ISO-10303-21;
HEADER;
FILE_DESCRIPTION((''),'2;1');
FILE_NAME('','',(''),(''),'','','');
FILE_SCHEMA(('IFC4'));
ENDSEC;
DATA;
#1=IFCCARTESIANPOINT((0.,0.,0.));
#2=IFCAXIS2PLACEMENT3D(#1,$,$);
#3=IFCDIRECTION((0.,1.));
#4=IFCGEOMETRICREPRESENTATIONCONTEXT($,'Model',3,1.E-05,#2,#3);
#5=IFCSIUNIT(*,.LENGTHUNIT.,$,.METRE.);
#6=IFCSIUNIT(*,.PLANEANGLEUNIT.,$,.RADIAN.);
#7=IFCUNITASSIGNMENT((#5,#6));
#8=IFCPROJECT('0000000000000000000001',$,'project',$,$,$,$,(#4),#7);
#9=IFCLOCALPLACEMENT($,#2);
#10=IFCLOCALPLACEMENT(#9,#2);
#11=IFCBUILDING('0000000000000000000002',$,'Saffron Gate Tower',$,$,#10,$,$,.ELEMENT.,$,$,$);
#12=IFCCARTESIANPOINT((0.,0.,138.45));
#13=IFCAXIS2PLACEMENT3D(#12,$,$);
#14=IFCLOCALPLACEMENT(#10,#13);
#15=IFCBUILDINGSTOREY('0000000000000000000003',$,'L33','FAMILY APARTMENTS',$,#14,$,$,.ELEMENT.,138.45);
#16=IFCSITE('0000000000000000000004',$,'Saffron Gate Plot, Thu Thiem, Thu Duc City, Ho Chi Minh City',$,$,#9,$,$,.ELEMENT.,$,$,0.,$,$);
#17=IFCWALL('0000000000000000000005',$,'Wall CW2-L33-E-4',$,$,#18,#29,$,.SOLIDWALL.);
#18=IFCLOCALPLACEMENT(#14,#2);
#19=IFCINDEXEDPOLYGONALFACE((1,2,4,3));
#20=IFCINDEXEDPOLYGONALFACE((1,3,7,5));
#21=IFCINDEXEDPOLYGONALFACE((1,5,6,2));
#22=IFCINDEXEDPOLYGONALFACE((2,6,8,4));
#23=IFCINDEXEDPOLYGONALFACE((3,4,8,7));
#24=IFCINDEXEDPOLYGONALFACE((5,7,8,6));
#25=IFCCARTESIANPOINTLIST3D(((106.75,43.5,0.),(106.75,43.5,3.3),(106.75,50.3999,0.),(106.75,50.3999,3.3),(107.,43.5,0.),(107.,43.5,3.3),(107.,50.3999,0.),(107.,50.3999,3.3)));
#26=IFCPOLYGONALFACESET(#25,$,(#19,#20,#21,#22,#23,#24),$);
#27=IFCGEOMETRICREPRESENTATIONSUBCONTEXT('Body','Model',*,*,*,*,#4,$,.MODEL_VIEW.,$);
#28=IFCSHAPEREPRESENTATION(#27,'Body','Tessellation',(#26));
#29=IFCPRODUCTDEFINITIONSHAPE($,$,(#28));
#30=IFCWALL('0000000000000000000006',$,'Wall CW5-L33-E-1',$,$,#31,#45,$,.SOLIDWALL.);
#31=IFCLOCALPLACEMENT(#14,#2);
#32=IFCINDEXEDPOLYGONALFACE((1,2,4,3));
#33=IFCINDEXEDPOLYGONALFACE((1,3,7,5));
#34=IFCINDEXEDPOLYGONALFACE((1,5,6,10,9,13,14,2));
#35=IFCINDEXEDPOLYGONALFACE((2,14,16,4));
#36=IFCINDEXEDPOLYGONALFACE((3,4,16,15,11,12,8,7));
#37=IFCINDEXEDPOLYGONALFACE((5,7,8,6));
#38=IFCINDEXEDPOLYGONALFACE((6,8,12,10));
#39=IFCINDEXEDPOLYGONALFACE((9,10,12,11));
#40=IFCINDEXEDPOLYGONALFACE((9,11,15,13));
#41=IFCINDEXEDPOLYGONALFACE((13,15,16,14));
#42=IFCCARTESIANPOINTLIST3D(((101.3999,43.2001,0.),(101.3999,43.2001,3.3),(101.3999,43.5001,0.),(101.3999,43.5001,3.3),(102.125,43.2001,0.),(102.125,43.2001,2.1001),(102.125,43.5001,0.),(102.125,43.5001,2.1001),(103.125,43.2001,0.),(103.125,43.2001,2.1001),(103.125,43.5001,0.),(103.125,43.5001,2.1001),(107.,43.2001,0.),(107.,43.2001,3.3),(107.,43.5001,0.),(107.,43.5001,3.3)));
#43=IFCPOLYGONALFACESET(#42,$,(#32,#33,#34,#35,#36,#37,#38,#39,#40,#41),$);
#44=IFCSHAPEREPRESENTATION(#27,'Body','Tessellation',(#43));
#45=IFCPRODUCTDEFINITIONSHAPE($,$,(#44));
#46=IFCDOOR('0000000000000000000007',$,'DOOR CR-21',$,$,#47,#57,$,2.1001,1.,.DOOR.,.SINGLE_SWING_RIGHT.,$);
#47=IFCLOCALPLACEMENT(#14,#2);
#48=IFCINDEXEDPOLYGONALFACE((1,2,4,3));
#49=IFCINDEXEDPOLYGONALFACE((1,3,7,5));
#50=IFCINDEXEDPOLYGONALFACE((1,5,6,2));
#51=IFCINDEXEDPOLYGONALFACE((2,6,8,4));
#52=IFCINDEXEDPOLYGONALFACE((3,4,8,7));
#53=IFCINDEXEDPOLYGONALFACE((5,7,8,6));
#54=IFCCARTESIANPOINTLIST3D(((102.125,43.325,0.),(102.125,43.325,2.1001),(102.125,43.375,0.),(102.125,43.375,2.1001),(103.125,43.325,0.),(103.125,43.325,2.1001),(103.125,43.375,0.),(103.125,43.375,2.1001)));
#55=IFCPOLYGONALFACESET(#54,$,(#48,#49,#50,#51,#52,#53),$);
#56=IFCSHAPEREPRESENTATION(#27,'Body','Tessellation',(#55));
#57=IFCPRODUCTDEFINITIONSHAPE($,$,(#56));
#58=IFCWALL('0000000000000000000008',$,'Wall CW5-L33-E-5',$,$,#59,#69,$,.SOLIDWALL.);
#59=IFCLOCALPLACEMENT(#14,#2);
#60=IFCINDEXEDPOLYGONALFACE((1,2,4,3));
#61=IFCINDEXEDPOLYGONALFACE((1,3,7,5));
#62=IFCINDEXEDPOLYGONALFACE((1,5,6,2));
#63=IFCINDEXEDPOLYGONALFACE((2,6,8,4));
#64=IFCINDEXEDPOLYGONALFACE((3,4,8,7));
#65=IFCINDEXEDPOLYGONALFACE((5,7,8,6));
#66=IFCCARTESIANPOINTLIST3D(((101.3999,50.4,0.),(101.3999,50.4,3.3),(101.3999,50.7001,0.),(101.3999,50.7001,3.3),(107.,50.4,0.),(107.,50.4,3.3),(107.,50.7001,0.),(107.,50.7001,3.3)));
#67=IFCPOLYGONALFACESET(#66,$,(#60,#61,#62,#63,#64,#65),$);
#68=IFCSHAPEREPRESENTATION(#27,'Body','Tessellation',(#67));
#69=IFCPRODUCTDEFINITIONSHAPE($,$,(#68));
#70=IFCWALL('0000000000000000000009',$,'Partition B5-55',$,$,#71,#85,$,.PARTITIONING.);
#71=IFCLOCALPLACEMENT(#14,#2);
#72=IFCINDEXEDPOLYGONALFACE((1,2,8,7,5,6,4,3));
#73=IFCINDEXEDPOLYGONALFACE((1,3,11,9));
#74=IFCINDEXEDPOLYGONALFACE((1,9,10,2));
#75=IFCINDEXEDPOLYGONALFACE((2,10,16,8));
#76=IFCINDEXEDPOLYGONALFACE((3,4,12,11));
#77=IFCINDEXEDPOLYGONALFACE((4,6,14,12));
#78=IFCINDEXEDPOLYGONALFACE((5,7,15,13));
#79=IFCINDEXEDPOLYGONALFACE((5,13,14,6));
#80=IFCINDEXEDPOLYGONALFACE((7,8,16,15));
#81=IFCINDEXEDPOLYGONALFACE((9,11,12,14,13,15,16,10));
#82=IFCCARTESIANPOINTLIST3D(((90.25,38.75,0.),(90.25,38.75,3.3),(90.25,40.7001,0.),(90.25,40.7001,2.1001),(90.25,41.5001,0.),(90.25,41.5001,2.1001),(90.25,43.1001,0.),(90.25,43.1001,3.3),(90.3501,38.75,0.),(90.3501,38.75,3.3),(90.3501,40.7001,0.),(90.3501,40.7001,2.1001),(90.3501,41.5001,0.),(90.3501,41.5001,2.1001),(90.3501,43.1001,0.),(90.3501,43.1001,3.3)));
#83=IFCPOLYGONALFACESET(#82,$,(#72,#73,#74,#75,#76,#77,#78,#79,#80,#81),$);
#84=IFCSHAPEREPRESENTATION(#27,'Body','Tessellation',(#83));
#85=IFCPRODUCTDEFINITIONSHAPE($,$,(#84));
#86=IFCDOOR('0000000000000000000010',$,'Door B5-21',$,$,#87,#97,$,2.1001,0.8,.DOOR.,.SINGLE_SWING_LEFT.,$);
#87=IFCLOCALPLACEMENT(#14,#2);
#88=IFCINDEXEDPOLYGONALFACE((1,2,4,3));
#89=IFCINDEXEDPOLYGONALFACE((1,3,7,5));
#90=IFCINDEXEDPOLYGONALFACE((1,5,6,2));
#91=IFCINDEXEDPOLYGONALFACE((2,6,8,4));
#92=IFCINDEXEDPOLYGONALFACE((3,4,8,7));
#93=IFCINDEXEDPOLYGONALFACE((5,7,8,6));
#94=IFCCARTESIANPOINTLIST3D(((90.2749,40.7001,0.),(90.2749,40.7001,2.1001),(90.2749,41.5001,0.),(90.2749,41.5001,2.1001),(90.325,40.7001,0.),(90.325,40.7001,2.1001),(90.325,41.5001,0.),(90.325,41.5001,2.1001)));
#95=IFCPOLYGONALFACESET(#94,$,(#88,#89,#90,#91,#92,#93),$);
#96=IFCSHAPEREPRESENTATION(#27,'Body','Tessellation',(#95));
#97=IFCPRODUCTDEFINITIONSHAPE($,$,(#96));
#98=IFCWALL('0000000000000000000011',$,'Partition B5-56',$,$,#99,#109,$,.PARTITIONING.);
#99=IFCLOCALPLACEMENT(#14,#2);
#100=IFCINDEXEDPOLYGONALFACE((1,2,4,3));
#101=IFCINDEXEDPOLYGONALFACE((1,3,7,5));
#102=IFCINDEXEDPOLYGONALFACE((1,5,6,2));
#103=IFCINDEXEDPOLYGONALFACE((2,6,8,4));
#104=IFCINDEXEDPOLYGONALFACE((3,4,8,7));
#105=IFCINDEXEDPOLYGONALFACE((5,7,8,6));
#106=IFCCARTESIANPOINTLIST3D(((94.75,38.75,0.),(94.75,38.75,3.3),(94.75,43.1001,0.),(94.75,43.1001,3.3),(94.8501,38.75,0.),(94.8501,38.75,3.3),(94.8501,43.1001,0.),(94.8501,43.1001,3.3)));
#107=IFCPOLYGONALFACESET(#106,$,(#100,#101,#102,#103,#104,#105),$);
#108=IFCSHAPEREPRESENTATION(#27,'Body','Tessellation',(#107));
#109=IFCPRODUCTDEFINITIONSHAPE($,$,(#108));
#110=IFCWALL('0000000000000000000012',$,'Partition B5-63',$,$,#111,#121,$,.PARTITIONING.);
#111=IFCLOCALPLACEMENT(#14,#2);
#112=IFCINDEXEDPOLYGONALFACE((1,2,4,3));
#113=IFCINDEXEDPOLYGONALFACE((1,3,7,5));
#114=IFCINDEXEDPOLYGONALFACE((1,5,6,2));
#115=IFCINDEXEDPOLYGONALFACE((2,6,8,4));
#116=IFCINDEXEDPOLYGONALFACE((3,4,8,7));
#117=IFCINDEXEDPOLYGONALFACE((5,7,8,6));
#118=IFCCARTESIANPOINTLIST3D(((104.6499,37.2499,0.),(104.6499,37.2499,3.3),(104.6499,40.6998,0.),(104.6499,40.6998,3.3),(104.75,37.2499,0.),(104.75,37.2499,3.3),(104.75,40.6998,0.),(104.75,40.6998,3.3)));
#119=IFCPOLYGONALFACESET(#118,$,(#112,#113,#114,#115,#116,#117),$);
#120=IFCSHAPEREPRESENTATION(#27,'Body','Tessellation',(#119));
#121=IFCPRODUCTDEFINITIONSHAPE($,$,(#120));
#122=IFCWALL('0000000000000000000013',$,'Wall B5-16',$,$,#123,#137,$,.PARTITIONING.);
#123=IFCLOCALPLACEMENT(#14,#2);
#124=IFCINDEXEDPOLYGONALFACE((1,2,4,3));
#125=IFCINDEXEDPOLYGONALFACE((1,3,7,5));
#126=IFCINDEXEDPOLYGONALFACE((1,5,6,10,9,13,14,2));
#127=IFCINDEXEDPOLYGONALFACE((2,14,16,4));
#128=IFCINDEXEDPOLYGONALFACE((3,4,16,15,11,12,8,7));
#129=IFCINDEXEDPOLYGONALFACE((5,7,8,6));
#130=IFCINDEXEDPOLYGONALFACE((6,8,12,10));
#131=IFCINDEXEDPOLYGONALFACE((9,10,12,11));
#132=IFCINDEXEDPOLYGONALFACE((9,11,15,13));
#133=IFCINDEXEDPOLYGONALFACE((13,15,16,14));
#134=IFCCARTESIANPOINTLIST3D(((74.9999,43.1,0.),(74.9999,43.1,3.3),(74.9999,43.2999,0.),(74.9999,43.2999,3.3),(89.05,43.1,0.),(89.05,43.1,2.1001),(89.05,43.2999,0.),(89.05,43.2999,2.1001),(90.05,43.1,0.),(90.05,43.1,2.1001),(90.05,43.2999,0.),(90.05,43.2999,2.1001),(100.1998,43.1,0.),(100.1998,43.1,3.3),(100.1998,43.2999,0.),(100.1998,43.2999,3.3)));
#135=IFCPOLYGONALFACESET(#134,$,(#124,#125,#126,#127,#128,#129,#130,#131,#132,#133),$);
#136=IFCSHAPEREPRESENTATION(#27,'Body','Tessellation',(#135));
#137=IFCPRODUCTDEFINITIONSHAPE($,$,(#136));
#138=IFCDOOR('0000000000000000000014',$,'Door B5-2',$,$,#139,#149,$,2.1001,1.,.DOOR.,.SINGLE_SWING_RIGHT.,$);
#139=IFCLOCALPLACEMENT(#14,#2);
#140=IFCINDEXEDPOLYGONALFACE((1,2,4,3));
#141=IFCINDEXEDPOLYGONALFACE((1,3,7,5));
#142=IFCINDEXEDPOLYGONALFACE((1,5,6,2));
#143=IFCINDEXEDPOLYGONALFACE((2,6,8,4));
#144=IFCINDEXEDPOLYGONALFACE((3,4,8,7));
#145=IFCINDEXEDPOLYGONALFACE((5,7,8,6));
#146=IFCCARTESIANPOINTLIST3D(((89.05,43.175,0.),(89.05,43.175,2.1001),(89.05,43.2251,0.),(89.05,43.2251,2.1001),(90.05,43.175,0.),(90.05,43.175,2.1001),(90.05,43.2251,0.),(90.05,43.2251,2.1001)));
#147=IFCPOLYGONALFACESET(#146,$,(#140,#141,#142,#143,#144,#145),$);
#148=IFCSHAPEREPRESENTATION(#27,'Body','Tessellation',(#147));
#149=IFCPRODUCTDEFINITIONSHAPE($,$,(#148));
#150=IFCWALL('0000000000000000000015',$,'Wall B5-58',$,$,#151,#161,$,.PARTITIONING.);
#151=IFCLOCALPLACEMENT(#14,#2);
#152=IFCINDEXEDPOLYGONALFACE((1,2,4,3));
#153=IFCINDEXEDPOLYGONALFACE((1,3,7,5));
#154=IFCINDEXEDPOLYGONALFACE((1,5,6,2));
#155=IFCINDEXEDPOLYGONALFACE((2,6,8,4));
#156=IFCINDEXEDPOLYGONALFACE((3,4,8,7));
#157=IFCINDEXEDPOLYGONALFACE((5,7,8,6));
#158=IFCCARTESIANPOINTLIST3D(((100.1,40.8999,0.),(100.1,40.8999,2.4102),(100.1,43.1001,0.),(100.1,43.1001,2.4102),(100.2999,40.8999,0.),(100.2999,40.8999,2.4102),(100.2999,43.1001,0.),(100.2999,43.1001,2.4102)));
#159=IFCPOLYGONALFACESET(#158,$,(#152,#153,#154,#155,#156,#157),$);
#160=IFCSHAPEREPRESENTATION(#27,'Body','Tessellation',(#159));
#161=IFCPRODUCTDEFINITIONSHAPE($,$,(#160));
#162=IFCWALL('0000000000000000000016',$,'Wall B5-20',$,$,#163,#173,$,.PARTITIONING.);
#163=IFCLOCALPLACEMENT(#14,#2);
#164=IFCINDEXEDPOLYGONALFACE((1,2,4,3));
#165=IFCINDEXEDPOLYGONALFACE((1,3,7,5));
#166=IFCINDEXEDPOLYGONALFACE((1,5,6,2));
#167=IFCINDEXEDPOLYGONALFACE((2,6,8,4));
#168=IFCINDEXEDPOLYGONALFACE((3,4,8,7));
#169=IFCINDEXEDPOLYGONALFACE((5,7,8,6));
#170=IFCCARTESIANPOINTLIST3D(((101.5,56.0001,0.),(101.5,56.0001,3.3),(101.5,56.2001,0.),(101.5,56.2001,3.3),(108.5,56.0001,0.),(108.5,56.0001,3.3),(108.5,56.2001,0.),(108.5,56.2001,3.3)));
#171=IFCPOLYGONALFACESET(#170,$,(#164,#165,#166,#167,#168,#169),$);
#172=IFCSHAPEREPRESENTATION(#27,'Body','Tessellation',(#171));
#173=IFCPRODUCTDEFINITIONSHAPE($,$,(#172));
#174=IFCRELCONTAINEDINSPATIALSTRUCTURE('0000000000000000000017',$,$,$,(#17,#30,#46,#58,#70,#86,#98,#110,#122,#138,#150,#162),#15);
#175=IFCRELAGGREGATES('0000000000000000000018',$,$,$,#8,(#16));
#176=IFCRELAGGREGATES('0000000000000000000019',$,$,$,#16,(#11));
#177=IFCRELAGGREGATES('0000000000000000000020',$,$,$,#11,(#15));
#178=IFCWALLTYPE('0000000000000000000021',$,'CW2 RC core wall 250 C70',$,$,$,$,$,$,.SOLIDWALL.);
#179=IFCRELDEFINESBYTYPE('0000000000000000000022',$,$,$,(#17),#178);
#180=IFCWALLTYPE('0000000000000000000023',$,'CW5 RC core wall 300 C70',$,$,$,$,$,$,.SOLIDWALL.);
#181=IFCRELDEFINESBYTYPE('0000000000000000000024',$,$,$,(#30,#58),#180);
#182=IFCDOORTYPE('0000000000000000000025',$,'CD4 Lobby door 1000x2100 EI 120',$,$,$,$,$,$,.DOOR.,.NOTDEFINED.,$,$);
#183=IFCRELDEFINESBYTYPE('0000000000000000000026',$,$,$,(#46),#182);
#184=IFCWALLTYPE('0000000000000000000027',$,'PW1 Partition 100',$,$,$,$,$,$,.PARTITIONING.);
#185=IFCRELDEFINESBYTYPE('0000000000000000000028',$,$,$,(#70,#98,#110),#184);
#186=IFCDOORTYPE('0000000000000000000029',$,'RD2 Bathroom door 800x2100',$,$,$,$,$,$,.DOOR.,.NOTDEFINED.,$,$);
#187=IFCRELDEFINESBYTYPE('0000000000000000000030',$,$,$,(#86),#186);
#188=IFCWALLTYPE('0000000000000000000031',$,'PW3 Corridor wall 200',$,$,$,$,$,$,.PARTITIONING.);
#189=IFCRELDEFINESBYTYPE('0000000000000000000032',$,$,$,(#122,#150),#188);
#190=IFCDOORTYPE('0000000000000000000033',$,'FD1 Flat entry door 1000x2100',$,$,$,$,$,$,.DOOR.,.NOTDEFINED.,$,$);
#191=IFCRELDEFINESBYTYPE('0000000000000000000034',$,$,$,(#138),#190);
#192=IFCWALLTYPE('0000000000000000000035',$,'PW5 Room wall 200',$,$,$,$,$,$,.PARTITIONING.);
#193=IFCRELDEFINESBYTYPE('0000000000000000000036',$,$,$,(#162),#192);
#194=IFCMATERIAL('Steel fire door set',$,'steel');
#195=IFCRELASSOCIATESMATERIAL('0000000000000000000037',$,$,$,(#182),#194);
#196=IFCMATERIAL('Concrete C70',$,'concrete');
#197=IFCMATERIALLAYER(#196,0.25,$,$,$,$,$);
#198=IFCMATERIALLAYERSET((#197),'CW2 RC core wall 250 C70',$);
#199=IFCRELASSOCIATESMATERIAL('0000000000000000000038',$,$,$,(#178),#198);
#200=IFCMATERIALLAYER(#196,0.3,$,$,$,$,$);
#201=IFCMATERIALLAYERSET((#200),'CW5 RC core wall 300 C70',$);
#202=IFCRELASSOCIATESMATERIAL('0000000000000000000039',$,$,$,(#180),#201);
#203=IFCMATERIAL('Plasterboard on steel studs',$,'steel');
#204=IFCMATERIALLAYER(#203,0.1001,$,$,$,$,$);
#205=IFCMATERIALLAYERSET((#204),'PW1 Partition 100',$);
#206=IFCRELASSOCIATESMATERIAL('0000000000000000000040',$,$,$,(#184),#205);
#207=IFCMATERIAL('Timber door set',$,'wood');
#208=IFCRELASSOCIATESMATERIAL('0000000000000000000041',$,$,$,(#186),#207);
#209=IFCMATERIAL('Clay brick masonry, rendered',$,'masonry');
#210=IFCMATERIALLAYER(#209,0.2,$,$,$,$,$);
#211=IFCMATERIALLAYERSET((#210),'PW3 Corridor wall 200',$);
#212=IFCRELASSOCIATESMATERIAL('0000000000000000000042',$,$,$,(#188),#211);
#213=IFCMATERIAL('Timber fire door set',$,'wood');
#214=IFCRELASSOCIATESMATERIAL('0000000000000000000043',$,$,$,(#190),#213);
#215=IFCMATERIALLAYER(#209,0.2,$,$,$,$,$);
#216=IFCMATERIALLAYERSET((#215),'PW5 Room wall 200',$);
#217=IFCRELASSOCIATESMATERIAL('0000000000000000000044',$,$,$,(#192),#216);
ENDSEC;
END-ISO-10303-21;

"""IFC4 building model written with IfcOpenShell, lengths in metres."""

from ifc_helpers import new_model, si_unit, direction, frame, frame_2d, origin, place, context, subcontext, project, spatial, rectangle, extrude, material, layer, layer_set, type_object, element, fill, save


model = new_model("IFC4")

# Units and contexts
model_context = context("Model", 3, precision=1e-05, world=origin(), true_north=direction((0.0, 1.0)))
body_context = subcontext(model_context, "Body", "Model", "MODEL_VIEW")
ifc_project = project(units=[si_unit("LENGTHUNIT", "METRE"), si_unit("PLANEANGLEUNIT", "RADIAN")], contexts=[model_context])

# Site, building, storey
site_placement = place(None, origin())
site = spatial("IfcSite", under=ifc_project, at=site_placement, Name="Saffron Gate Plot, Thu Thiem, Thu Duc City, Ho Chi Minh City", CompositionType="ELEMENT", RefElevation=0.0)
building_placement = place(site_placement, origin())
building = spatial("IfcBuilding", under=site, at=building_placement, Name="Saffron Gate Tower", CompositionType="ELEMENT")
storey_placement = place(building_placement, frame((0.0, 0.0, 138.45)))
storey = spatial("IfcBuildingStorey", under=building, at=storey_placement, Name="L33", Description="FAMILY APARTMENTS", CompositionType="ELEMENT", Elevation=138.45)

# Shared definitions
ifc_material_1 = material(Name="Steel fire door set", Category="steel")
door_type_1 = type_object("IfcDoorType", Name="CD4 Lobby door 1000x2100 EI 120", OperationType="NOTDEFINED", PredefinedType="DOOR", material=ifc_material_1)
ifc_material_2 = material(Name="Concrete C70", Category="concrete")
ifc_layer_1 = layer(ifc_material_2, 0.25)
ifc_layer_set_1 = layer_set([ifc_layer_1], Name="CW2 RC core wall 250 C70")
wall_type_1 = type_object("IfcWallType", Name="CW2 RC core wall 250 C70", PredefinedType="SOLIDWALL", material=ifc_layer_set_1)

# Wall
wall_1_placement = place(storey_placement, frame((106.875, 43.5, 0.0), z_axis=(0.0, 0.0, 1.0), x_axis=(0.0, 1.0, 0.0)))
element("IfcWall", 1, at=wall_1_placement, inside=storey, type_object=wall_type_1, Name="Wall CW2-L33-E-4", PredefinedType="SOLIDWALL", context=body_context, shape_type="SweptSolid", body=[
    extrude(rectangle(XDim=6.8999, YDim=0.25, at=frame_2d((3.45, 0.0))), origin(), (0.0, 0.0, 1.0), 3.3),
])

# Wall, opening, door
ifc_layer_2 = layer(ifc_material_2, 0.3)
ifc_layer_set_2 = layer_set([ifc_layer_2], Name="CW5 RC core wall 300 C70")
wall_type_2 = type_object("IfcWallType", Name="CW5 RC core wall 300 C70", PredefinedType="SOLIDWALL", material=ifc_layer_set_2)
wall_2_placement = place(storey_placement, frame((101.3999, 43.3501, 0.0), z_axis=(0.0, 0.0, 1.0), x_axis=(1.0, 0.0, 0.0)))
wall_2 = element("IfcWall", 2, at=wall_2_placement, inside=storey, type_object=wall_type_2, Name="Wall CW5-L33-E-1", PredefinedType="SOLIDWALL", context=body_context, shape_type="SweptSolid", body=[
    extrude(rectangle(XDim=5.6001, YDim=0.3, at=frame_2d((2.8, 0.0))), origin(), (0.0, 0.0, 1.0), 3.3),
])
opening_1_placement = place(wall_2_placement, frame((0.7251, 0.0, 0.0)))
opening_1 = element("IfcOpeningElement", 3, at=opening_1_placement, cuts=wall_2, PredefinedType="OPENING", context=body_context, shape_type="SweptSolid", body=[
    extrude(rectangle(XDim=1.0, YDim=2.1001, at=frame_2d((0.5, 1.05))), frame((0.0, 0.1602, 0.0), z_axis=(0.0, -1.0, 0.0), x_axis=(1.0, 0.0, 0.0)), (0.0, 0.0, 1.0), 0.3201),
])
door_1_placement = place(opening_1_placement, origin())
door_1 = element("IfcDoor", 4, at=door_1_placement, inside=storey, type_object=door_type_1, Name="DOOR CR-21", OperationType="SINGLE_SWING_RIGHT", OverallHeight=2.1001, OverallWidth=1.0, PredefinedType="DOOR", context=body_context, shape_type="SweptSolid", body=[
    extrude(rectangle(XDim=1.0, YDim=2.1001, at=frame_2d((0.5, 1.05))), frame((0.0, 0.0249, 0.0), z_axis=(0.0, -1.0, 0.0), x_axis=(1.0, 0.0, 0.0)), (0.0, 0.0, 1.0), 0.05),
])
fill(opening_1, door_1)

# Wall
wall_3_placement = place(storey_placement, frame((101.3999, 50.55, 0.0), z_axis=(0.0, 0.0, 1.0), x_axis=(1.0, 0.0, 0.0)))
element("IfcWall", 5, at=wall_3_placement, inside=storey, type_object=wall_type_2, Name="Wall CW5-L33-E-5", PredefinedType="SOLIDWALL", context=body_context, shape_type="SweptSolid", body=[
    extrude(rectangle(XDim=5.6001, YDim=0.3, at=frame_2d((2.8, 0.0))), origin(), (0.0, 0.0, 1.0), 3.3),
])

# Wall, opening, door
ifc_material_3 = material(Name="Plasterboard on steel studs", Category="steel")
ifc_layer_3 = layer(ifc_material_3, 0.1001)
ifc_layer_set_3 = layer_set([ifc_layer_3], Name="PW1 Partition 100")
wall_type_3 = type_object("IfcWallType", Name="PW1 Partition 100", PredefinedType="PARTITIONING", material=ifc_layer_set_3)
wall_4_placement = place(storey_placement, frame((90.3, 43.1001, 0.0), z_axis=(0.0, 0.0, 1.0), x_axis=(0.0, -1.0, 0.0)))
wall_4 = element("IfcWall", 6, at=wall_4_placement, inside=storey, type_object=wall_type_3, Name="Partition B5-55", PredefinedType="PARTITIONING", context=body_context, shape_type="SweptSolid", body=[
    extrude(rectangle(XDim=4.3501, YDim=0.1001, at=frame_2d((2.175, 0.0))), origin(), (0.0, 0.0, 1.0), 3.3),
])
opening_2_placement = place(wall_4_placement, frame((1.6001, 0.0, 0.0)))
opening_2 = element("IfcOpeningElement", 7, at=opening_2_placement, cuts=wall_4, PredefinedType="OPENING", context=body_context, shape_type="SweptSolid", body=[
    extrude(rectangle(XDim=0.8, YDim=2.1001, at=frame_2d((0.3999, 1.05))), frame((0.0, 0.0601, 0.0), z_axis=(0.0, -1.0, 0.0), x_axis=(1.0, 0.0, 0.0)), (0.0, 0.0, 1.0), 0.1201),
])
ifc_material_4 = material(Name="Timber door set", Category="wood")
door_type_2 = type_object("IfcDoorType", Name="RD2 Bathroom door 800x2100", OperationType="NOTDEFINED", PredefinedType="DOOR", material=ifc_material_4)
door_2_placement = place(opening_2_placement, origin())
door_2 = element("IfcDoor", 8, at=door_2_placement, inside=storey, type_object=door_type_2, Name="Door B5-21", OperationType="SINGLE_SWING_LEFT", OverallHeight=2.1001, OverallWidth=0.8, PredefinedType="DOOR", context=body_context, shape_type="SweptSolid", body=[
    extrude(rectangle(XDim=0.8, YDim=2.1001, at=frame_2d((0.3999, 1.05))), frame((0.0, 0.0249, 0.0), z_axis=(0.0, -1.0, 0.0), x_axis=(1.0, 0.0, 0.0)), (0.0, 0.0, 1.0), 0.05),
])
fill(opening_2, door_2)

# Walls
wall_5_placement = place(storey_placement, frame((94.8, 43.1001, 0.0), z_axis=(0.0, 0.0, 1.0), x_axis=(0.0, -1.0, 0.0)))
element("IfcWall", 9, at=wall_5_placement, inside=storey, type_object=wall_type_3, Name="Partition B5-56", PredefinedType="PARTITIONING", context=body_context, shape_type="SweptSolid", body=[
    extrude(rectangle(XDim=4.3501, YDim=0.1001, at=frame_2d((2.175, 0.0))), origin(), (0.0, 0.0, 1.0), 3.3),
])
wall_6_placement = place(storey_placement, frame((104.7, 40.7, 0.0), z_axis=(0.0, 0.0, 1.0), x_axis=(0.0, -1.0, 0.0)))
element("IfcWall", 10, at=wall_6_placement, inside=storey, type_object=wall_type_3, Name="Partition B5-63", PredefinedType="PARTITIONING", context=body_context, shape_type="SweptSolid", body=[
    extrude(rectangle(XDim=3.45, YDim=0.1001, at=frame_2d((1.7251, 0.0))), origin(), (0.0, 0.0, 1.0), 3.3),
])

# Wall, opening, door
ifc_material_5 = material(Name="Clay brick masonry, rendered", Category="masonry")
ifc_layer_4 = layer(ifc_material_5, 0.2)
ifc_layer_set_4 = layer_set([ifc_layer_4], Name="PW3 Corridor wall 200")
wall_type_4 = type_object("IfcWallType", Name="PW3 Corridor wall 200", PredefinedType="PARTITIONING", material=ifc_layer_set_4)
wall_7_placement = place(storey_placement, frame((100.2, 43.2, 0.0), z_axis=(0.0, 0.0, 1.0), x_axis=(-1.0, 0.0, 0.0)))
wall_7 = element("IfcWall", 11, at=wall_7_placement, inside=storey, type_object=wall_type_4, Name="Wall B5-16", PredefinedType="PARTITIONING", context=body_context, shape_type="SweptSolid", body=[
    extrude(rectangle(XDim=25.2, YDim=0.2, at=frame_2d((12.6001, 0.0))), origin(), (0.0, 0.0, 1.0), 3.3),
])
opening_3_placement = place(wall_7_placement, frame((10.1499, 0.0, 0.0)))
opening_3 = element("IfcOpeningElement", 12, at=opening_3_placement, cuts=wall_7, PredefinedType="OPENING", context=body_context, shape_type="SweptSolid", body=[
    extrude(rectangle(XDim=1.0, YDim=2.1001, at=frame_2d((0.5, 1.05))), frame((0.0, 0.1099, 0.0), z_axis=(0.0, -1.0, 0.0), x_axis=(1.0, 0.0, 0.0)), (0.0, 0.0, 1.0), 0.22),
])
ifc_material_6 = material(Name="Timber fire door set", Category="wood")
door_type_3 = type_object("IfcDoorType", Name="FD1 Flat entry door 1000x2100", OperationType="NOTDEFINED", PredefinedType="DOOR", material=ifc_material_6)
door_3_placement = place(opening_3_placement, origin())
door_3 = element("IfcDoor", 13, at=door_3_placement, inside=storey, type_object=door_type_3, Name="Door B5-2", OperationType="SINGLE_SWING_RIGHT", OverallHeight=2.1001, OverallWidth=1.0, PredefinedType="DOOR", context=body_context, shape_type="SweptSolid", body=[
    extrude(rectangle(XDim=1.0, YDim=2.1001, at=frame_2d((0.5, 1.05))), frame((0.0, 0.0249, 0.0), z_axis=(0.0, -1.0, 0.0), x_axis=(1.0, 0.0, 0.0)), (0.0, 0.0, 1.0), 0.05),
])
fill(opening_3, door_3)

# Walls
wall_8_placement = place(storey_placement, frame((100.2, 43.1001, 0.0), z_axis=(0.0, 0.0, 1.0), x_axis=(0.0, -1.0, 0.0)))
element("IfcWall", 14, at=wall_8_placement, inside=storey, type_object=wall_type_4, Name="Wall B5-58", PredefinedType="PARTITIONING", context=body_context, shape_type="SweptSolid", body=[
    extrude(rectangle(XDim=2.2002, YDim=0.2, at=frame_2d((1.1001, 0.0))), origin(), (0.0, 0.0, 1.0), 2.4102),
])
ifc_layer_5 = layer(ifc_material_5, 0.2)
ifc_layer_set_5 = layer_set([ifc_layer_5], Name="PW5 Room wall 200")
wall_type_5 = type_object("IfcWallType", Name="PW5 Room wall 200", PredefinedType="PARTITIONING", material=ifc_layer_set_5)
wall_9_placement = place(storey_placement, frame((101.5, 56.1001, 0.0), z_axis=(0.0, 0.0, 1.0), x_axis=(1.0, 0.0, 0.0)))
element("IfcWall", 15, at=wall_9_placement, inside=storey, type_object=wall_type_5, Name="Wall B5-20", PredefinedType="PARTITIONING", context=body_context, shape_type="SweptSolid", body=[
    extrude(rectangle(XDim=7.0, YDim=0.2, at=frame_2d((3.5, 0.0))), origin(), (0.0, 0.0, 1.0), 3.3),
])

save(model, "model.ifc")
